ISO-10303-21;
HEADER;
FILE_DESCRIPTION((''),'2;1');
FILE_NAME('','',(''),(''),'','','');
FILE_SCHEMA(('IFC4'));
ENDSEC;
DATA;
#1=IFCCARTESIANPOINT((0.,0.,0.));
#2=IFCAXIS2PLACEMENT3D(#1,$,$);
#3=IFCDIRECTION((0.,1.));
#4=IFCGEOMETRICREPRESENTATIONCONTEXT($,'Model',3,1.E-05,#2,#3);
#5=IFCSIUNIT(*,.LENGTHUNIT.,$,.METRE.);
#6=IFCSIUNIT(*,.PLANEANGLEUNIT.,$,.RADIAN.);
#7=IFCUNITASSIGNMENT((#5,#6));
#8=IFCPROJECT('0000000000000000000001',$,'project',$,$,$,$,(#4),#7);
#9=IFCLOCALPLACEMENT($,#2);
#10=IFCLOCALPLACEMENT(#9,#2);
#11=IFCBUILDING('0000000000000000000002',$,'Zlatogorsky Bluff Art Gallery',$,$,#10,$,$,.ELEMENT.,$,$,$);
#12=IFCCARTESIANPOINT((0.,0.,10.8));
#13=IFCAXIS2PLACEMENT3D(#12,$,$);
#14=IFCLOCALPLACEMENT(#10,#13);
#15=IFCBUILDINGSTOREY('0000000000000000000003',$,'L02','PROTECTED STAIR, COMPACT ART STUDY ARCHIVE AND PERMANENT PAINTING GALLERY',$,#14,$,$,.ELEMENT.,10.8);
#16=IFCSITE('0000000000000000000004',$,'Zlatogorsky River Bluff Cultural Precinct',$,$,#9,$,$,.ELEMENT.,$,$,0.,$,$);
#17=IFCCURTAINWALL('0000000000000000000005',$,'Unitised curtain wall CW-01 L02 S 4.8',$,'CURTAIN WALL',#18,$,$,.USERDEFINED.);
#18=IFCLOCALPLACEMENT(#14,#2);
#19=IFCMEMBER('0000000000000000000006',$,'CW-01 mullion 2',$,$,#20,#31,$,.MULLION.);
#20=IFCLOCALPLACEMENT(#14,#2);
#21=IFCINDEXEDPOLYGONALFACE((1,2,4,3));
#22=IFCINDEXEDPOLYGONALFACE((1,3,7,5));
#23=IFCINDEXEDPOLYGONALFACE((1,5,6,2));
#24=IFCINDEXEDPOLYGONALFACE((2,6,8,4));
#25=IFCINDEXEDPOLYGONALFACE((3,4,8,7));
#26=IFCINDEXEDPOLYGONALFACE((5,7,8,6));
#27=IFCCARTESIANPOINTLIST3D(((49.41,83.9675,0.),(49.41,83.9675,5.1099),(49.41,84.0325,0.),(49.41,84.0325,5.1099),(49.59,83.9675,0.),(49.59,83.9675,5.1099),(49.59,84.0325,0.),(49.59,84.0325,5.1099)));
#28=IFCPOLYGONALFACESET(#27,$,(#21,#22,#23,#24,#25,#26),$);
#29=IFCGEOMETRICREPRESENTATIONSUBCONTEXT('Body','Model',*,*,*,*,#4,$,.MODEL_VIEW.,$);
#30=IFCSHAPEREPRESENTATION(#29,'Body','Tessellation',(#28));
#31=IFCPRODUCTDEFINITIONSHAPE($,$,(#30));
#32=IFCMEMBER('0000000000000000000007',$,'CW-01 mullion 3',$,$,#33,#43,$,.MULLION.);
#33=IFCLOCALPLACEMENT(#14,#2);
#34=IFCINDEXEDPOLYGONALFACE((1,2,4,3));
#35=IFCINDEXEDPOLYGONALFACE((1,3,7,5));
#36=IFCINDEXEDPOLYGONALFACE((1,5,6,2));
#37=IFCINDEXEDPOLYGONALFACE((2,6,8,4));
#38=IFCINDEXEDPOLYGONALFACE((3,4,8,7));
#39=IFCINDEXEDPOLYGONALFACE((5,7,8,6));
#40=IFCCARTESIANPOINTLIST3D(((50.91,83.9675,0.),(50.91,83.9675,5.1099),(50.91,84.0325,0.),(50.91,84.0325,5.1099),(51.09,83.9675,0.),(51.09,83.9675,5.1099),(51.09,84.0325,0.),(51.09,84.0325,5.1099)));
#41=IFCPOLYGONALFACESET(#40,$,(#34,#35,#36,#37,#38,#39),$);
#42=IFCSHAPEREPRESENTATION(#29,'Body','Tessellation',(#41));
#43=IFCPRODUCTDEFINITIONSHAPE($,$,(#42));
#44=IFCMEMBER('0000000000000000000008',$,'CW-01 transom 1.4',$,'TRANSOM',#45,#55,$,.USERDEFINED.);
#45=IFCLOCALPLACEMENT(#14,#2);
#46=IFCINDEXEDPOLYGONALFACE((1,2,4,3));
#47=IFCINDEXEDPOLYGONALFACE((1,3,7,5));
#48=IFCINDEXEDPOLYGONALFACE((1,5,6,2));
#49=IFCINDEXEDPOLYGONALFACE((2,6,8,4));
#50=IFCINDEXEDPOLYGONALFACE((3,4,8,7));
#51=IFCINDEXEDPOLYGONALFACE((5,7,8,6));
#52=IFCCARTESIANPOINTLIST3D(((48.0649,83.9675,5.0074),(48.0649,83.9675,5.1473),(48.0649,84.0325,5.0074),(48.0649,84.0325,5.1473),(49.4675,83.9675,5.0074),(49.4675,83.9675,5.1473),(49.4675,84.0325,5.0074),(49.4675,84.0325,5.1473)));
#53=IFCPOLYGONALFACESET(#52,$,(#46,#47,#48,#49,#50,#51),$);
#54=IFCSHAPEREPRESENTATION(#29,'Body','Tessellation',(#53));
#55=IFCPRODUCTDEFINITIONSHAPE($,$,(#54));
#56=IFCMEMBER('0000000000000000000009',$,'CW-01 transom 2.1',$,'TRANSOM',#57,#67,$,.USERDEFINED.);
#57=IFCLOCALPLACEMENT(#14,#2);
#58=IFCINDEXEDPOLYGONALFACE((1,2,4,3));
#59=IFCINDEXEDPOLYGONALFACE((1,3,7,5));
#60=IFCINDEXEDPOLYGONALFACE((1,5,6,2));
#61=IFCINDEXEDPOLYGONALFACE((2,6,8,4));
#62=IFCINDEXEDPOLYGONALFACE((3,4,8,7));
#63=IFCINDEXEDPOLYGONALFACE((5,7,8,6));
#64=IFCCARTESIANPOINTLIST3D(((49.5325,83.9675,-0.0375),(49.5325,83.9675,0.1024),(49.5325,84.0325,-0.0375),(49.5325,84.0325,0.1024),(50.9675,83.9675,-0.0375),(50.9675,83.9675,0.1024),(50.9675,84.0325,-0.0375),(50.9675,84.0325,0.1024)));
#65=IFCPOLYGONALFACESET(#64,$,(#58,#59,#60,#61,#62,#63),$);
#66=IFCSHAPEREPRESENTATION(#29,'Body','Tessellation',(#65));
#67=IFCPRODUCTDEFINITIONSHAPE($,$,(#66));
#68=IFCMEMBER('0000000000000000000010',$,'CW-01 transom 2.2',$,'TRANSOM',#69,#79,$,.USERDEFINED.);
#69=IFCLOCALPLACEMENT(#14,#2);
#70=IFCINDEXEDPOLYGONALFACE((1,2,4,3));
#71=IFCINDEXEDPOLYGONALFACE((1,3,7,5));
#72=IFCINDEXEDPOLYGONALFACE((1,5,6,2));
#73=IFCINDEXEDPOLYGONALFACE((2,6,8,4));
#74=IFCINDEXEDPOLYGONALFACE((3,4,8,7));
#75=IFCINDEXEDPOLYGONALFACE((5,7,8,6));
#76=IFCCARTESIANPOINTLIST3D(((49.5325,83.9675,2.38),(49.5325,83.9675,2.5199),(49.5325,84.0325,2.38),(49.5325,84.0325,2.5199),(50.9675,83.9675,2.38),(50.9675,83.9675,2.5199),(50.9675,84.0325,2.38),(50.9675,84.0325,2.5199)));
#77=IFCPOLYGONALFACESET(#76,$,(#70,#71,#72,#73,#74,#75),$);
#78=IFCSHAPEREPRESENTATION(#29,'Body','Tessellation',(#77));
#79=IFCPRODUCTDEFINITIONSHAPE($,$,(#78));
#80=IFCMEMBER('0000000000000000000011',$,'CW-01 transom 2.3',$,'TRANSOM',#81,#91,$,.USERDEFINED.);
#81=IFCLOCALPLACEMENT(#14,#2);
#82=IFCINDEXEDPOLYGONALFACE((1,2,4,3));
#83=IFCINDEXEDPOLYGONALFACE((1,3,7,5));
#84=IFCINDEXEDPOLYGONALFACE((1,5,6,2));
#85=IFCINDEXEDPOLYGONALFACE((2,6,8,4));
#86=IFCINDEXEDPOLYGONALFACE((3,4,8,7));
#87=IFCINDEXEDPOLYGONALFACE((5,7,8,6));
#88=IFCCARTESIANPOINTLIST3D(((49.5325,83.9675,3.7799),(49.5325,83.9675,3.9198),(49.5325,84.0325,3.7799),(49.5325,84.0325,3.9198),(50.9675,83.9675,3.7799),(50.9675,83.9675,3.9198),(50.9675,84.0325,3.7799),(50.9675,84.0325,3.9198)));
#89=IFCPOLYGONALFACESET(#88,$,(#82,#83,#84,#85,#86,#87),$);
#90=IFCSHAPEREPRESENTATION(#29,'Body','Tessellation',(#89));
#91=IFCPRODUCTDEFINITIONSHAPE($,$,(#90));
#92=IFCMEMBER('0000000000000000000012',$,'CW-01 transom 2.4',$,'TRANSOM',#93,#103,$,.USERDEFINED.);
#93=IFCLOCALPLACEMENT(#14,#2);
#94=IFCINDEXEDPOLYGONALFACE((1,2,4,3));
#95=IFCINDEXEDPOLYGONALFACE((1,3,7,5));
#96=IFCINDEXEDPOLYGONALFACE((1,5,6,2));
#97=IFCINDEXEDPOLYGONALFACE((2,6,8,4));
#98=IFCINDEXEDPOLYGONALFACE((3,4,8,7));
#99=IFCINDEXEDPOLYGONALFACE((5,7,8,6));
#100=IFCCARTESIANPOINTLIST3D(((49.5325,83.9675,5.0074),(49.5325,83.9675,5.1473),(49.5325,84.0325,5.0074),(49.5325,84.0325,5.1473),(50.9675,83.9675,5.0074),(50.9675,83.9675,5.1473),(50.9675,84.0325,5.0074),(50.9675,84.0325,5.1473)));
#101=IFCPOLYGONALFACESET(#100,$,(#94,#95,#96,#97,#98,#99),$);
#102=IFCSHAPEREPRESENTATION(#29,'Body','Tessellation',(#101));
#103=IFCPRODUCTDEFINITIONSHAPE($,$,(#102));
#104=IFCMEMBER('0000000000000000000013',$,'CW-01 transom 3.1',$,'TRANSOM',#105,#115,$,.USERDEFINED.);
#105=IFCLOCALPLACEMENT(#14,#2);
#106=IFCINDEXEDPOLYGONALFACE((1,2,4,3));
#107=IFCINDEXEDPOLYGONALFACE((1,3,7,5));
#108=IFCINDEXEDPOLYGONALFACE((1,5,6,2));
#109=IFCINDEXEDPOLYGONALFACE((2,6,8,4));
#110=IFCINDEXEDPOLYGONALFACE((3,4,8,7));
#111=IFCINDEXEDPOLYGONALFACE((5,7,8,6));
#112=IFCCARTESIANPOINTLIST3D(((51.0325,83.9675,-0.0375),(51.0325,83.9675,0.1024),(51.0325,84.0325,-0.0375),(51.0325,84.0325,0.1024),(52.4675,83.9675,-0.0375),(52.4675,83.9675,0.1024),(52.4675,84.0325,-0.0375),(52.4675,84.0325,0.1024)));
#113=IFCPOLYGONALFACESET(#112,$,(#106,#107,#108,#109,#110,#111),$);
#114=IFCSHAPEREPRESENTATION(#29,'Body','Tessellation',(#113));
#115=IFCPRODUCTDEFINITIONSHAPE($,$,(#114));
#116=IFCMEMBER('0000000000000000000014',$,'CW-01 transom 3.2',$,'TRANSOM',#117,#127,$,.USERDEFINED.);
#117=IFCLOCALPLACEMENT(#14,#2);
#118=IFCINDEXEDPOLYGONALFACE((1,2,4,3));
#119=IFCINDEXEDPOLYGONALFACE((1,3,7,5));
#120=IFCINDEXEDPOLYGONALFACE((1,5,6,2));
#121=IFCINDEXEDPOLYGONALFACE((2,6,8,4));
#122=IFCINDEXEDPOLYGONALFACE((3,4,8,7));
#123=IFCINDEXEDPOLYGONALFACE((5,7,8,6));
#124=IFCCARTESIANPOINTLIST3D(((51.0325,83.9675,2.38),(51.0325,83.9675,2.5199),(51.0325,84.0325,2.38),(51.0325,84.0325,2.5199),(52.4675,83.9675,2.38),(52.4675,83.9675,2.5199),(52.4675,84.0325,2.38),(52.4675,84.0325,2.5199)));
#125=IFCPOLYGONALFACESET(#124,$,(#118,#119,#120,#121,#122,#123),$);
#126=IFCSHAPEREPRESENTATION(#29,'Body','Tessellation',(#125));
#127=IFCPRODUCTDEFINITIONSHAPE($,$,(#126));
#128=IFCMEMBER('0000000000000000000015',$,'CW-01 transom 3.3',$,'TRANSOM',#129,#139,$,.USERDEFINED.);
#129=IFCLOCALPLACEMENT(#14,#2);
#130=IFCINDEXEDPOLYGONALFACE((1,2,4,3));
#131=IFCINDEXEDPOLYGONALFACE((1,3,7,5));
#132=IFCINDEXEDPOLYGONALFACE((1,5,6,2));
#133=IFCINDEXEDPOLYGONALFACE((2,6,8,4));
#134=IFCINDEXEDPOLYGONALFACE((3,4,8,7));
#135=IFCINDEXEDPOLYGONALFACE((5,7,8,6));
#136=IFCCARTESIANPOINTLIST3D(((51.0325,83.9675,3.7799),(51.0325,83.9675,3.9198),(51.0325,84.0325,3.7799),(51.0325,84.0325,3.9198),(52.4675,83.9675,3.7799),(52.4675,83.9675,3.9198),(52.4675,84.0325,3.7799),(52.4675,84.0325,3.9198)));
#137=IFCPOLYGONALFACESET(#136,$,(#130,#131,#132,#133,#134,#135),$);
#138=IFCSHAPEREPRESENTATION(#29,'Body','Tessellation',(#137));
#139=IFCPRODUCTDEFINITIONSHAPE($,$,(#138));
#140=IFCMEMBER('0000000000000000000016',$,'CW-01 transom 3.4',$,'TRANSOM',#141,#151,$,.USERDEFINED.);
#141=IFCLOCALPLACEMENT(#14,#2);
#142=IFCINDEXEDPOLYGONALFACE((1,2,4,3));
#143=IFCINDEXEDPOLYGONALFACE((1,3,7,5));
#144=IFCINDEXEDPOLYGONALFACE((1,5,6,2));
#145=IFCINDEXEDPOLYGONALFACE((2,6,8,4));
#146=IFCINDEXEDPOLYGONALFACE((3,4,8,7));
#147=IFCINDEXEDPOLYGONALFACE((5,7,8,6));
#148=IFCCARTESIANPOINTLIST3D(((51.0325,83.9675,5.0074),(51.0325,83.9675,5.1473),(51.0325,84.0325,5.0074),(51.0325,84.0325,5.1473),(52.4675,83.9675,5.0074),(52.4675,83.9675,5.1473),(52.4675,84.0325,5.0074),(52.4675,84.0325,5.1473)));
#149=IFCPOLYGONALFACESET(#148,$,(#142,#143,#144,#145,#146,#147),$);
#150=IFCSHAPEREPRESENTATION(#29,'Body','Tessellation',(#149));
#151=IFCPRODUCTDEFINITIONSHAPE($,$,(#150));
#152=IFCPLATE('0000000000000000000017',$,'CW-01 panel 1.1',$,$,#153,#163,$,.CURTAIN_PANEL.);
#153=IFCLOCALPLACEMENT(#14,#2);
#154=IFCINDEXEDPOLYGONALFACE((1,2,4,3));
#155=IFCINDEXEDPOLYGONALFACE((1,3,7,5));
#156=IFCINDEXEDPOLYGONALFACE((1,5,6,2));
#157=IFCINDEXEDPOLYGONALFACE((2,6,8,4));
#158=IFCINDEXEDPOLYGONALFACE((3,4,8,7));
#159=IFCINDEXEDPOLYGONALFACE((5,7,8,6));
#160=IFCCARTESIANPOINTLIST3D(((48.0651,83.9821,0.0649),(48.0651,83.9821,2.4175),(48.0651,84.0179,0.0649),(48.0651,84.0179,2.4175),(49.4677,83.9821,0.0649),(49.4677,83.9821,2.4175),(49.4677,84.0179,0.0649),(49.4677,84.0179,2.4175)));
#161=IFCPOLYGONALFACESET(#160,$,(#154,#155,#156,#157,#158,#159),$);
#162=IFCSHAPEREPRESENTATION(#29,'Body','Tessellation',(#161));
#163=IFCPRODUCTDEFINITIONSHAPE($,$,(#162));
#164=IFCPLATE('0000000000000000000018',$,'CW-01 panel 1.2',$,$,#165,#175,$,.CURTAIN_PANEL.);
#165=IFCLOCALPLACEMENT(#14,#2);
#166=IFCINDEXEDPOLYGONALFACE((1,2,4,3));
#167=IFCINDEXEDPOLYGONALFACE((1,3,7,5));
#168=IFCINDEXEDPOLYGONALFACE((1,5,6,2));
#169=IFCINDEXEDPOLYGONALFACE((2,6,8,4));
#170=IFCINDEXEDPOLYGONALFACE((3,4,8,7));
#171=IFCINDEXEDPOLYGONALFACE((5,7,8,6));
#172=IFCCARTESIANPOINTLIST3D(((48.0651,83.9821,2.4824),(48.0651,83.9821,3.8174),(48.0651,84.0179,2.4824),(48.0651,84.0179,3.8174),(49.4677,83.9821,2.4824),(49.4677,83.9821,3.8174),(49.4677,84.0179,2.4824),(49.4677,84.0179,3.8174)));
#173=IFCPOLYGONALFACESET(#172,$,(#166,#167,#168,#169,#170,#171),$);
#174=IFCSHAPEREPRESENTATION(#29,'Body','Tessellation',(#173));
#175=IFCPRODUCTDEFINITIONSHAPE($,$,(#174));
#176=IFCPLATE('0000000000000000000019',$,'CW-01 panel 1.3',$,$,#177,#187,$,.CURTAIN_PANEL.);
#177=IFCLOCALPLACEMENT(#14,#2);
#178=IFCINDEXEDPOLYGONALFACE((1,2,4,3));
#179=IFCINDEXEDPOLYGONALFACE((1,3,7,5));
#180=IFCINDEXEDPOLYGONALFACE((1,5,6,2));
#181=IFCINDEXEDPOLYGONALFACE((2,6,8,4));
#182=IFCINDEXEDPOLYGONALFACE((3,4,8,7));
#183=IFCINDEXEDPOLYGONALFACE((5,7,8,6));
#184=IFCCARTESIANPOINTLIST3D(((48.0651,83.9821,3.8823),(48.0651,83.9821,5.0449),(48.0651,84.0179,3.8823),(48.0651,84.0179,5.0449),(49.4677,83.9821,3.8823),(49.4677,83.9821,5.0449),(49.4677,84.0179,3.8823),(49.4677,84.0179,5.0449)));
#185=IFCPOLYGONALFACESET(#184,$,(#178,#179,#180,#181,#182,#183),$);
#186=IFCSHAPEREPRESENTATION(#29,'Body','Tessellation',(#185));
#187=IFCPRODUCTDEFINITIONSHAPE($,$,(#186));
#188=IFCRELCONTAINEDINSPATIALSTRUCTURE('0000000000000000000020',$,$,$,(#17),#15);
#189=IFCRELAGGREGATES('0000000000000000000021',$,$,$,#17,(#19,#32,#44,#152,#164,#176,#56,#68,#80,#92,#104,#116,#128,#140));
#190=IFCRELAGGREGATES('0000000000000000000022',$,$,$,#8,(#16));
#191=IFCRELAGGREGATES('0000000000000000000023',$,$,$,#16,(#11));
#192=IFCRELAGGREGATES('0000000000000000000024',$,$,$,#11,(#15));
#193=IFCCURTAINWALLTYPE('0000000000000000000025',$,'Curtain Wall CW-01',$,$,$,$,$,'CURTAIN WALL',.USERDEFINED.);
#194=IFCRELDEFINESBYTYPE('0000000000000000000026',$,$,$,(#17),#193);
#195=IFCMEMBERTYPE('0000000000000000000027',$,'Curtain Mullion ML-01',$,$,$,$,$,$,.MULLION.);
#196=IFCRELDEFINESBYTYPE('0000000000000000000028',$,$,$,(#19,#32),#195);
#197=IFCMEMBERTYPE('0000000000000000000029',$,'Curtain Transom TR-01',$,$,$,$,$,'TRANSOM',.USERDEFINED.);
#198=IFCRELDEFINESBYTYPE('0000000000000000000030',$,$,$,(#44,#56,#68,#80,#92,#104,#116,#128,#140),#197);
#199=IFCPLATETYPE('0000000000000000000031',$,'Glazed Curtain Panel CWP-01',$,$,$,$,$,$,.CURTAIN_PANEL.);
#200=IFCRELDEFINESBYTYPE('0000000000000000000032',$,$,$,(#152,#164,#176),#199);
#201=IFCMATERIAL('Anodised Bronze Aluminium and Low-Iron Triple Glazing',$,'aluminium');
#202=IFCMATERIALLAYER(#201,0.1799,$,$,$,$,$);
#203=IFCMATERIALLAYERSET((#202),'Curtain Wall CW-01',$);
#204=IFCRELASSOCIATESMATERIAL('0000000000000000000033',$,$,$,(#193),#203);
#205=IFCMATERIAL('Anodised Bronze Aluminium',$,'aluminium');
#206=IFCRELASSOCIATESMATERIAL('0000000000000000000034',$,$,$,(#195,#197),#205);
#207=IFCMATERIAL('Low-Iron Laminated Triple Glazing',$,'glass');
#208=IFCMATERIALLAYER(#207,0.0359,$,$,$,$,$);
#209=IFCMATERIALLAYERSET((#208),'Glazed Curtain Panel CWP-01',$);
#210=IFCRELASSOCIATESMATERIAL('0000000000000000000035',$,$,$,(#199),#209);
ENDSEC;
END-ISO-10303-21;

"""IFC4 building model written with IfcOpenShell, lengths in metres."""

from ifc_helpers import new_model, si_unit, direction, frame, origin, origin_2d, place, context, subcontext, project, spatial, rectangle, extrude, material, layer, layer_set, material_profile, profile_set, type_object, element, aggregate, save


model = new_model("IFC4")

# Units and contexts
model_context = context("Model", 3, precision=1e-05, world=origin(), true_north=direction((0.0, 1.0)))
body_context = subcontext(model_context, "Body", "Model", "MODEL_VIEW")
ifc_project = project(units=[si_unit("LENGTHUNIT", "METRE"), si_unit("PLANEANGLEUNIT", "RADIAN")], contexts=[model_context])

# Site, building, storey
site_placement = place(None, origin())
site = spatial("IfcSite", under=ifc_project, at=site_placement, Name="Zlatogorsky River Bluff Cultural Precinct", CompositionType="ELEMENT", RefElevation=0.0)
building_placement = place(site_placement, origin())
building = spatial("IfcBuilding", under=site, at=building_placement, Name="Zlatogorsky Bluff Art Gallery", CompositionType="ELEMENT")
storey_placement = place(building_placement, frame((0.0, 0.0, 10.8)))
storey = spatial("IfcBuildingStorey", under=building, at=storey_placement, Name="L02", Description="PROTECTED STAIR, COMPACT ART STUDY ARCHIVE AND PERMANENT PAINTING GALLERY", CompositionType="ELEMENT", Elevation=10.8)

# Curtain wall, members, plates
ifc_material_1 = material(Name="Anodised Bronze Aluminium and Low-Iron Triple Glazing", Category="aluminium")
ifc_layer_1 = layer(ifc_material_1, 0.1799)
ifc_layer_set_1 = layer_set([ifc_layer_1], Name="Curtain Wall CW-01")
curtain_wall_type = type_object("IfcCurtainWallType", Name="Curtain Wall CW-01", ElementType="CURTAIN WALL", PredefinedType="USERDEFINED", material=ifc_layer_set_1)
curtain_wall_placement = place(storey_placement, origin())
curtain_wall = element("IfcCurtainWall", 1, at=curtain_wall_placement, inside=storey, type_object=curtain_wall_type, Name="Unitised curtain wall CW-01 L02 S 4.8", ObjectType="CURTAIN WALL", PredefinedType="USERDEFINED")
ifc_material_2 = material(Name="Anodised Bronze Aluminium", Category="aluminium")
ifc_material_profile_1 = material_profile(ifc_material_2, rectangle(XDim=0.0649, YDim=0.1799, at=origin_2d()), Name="ALU MULLION 65x180")
ifc_profile_set_1 = profile_set([ifc_material_profile_1], Name="Anodised Bronze Aluminium")
member_type_1 = type_object("IfcMemberType", Name="Curtain Mullion ML-01", PredefinedType="MULLION", material=ifc_profile_set_1)
member_1_placement = place(storey_placement, frame((49.5, 84.0, 0.0), z_axis=(0.0, 0.0, 1.0), x_axis=(0.0, 1.0, 0.0)))
member_1 = element("IfcMember", 2, at=member_1_placement, type_object=member_type_1, Name="CW-01 mullion 2", PredefinedType="MULLION", context=body_context, shape_type="SweptSolid", body=[
    extrude(rectangle(XDim=0.0649, YDim=0.1799, at=origin_2d()), origin(), (0.0, 0.0, 1.0), 5.1099),
])
member_2_placement = place(storey_placement, frame((51.0, 84.0, 0.0), z_axis=(0.0, 0.0, 1.0), x_axis=(0.0, 1.0, 0.0)))
member_2 = element("IfcMember", 3, at=member_2_placement, type_object=member_type_1, Name="CW-01 mullion 3", PredefinedType="MULLION", context=body_context, shape_type="SweptSolid", body=[
    extrude(rectangle(XDim=0.0649, YDim=0.1799, at=origin_2d()), origin(), (0.0, 0.0, 1.0), 5.1099),
])
ifc_material_profile_2 = material_profile(ifc_material_2, rectangle(XDim=0.0649, YDim=0.1399, at=origin_2d()), Name="ALU TRANSOM 65x140")
ifc_profile_set_2 = profile_set([ifc_material_profile_2], Name="Anodised Bronze Aluminium")
member_type_2 = type_object("IfcMemberType", Name="Curtain Transom TR-01", ElementType="TRANSOM", PredefinedType="USERDEFINED", material=ifc_profile_set_2)
member_3_placement = place(storey_placement, frame((48.0649, 84.0, 5.0774), z_axis=(1.0, 0.0, 0.0), x_axis=(0.0, 1.0, 0.0)))
member_3 = element("IfcMember", 4, at=member_3_placement, type_object=member_type_2, Name="CW-01 transom 1.4", ObjectType="TRANSOM", PredefinedType="USERDEFINED", context=body_context, shape_type="SweptSolid", body=[
    extrude(rectangle(XDim=0.0649, YDim=0.1399, at=origin_2d()), origin(), (0.0, 0.0, 1.0), 1.4026),
])
member_4_placement = place(storey_placement, frame((49.5325, 84.0, 0.0325), z_axis=(1.0, 0.0, 0.0), x_axis=(0.0, 1.0, 0.0)))
member_4 = element("IfcMember", 5, at=member_4_placement, type_object=member_type_2, Name="CW-01 transom 2.1", ObjectType="TRANSOM", PredefinedType="USERDEFINED", context=body_context, shape_type="SweptSolid", body=[
    extrude(rectangle(XDim=0.0649, YDim=0.1399, at=origin_2d()), origin(), (0.0, 0.0, 1.0), 1.4351),
])
member_5_placement = place(storey_placement, frame((49.5325, 84.0, 2.45), z_axis=(1.0, 0.0, 0.0), x_axis=(0.0, 1.0, 0.0)))
member_5 = element("IfcMember", 6, at=member_5_placement, type_object=member_type_2, Name="CW-01 transom 2.2", ObjectType="TRANSOM", PredefinedType="USERDEFINED", context=body_context, shape_type="SweptSolid", body=[
    extrude(rectangle(XDim=0.0649, YDim=0.1399, at=origin_2d()), origin(), (0.0, 0.0, 1.0), 1.4351),
])
member_6_placement = place(storey_placement, frame((49.5325, 84.0, 3.8499), z_axis=(1.0, 0.0, 0.0), x_axis=(0.0, 1.0, 0.0)))
member_6 = element("IfcMember", 7, at=member_6_placement, type_object=member_type_2, Name="CW-01 transom 2.3", ObjectType="TRANSOM", PredefinedType="USERDEFINED", context=body_context, shape_type="SweptSolid", body=[
    extrude(rectangle(XDim=0.0649, YDim=0.1399, at=origin_2d()), origin(), (0.0, 0.0, 1.0), 1.4351),
])
member_7_placement = place(storey_placement, frame((49.5325, 84.0, 5.0774), z_axis=(1.0, 0.0, 0.0), x_axis=(0.0, 1.0, 0.0)))
member_7 = element("IfcMember", 8, at=member_7_placement, type_object=member_type_2, Name="CW-01 transom 2.4", ObjectType="TRANSOM", PredefinedType="USERDEFINED", context=body_context, shape_type="SweptSolid", body=[
    extrude(rectangle(XDim=0.0649, YDim=0.1399, at=origin_2d()), origin(), (0.0, 0.0, 1.0), 1.4351),
])
member_8_placement = place(storey_placement, frame((51.0325, 84.0, 0.0325), z_axis=(1.0, 0.0, 0.0), x_axis=(0.0, 1.0, 0.0)))
member_8 = element("IfcMember", 9, at=member_8_placement, type_object=member_type_2, Name="CW-01 transom 3.1", ObjectType="TRANSOM", PredefinedType="USERDEFINED", context=body_context, shape_type="SweptSolid", body=[
    extrude(rectangle(XDim=0.0649, YDim=0.1399, at=origin_2d()), origin(), (0.0, 0.0, 1.0), 1.4351),
])
member_9_placement = place(storey_placement, frame((51.0325, 84.0, 2.45), z_axis=(1.0, 0.0, 0.0), x_axis=(0.0, 1.0, 0.0)))
member_9 = element("IfcMember", 10, at=member_9_placement, type_object=member_type_2, Name="CW-01 transom 3.2", ObjectType="TRANSOM", PredefinedType="USERDEFINED", context=body_context, shape_type="SweptSolid", body=[
    extrude(rectangle(XDim=0.0649, YDim=0.1399, at=origin_2d()), origin(), (0.0, 0.0, 1.0), 1.4351),
])
member_10_placement = place(storey_placement, frame((51.0325, 84.0, 3.8499), z_axis=(1.0, 0.0, 0.0), x_axis=(0.0, 1.0, 0.0)))
member_10 = element("IfcMember", 11, at=member_10_placement, type_object=member_type_2, Name="CW-01 transom 3.3", ObjectType="TRANSOM", PredefinedType="USERDEFINED", context=body_context, shape_type="SweptSolid", body=[
    extrude(rectangle(XDim=0.0649, YDim=0.1399, at=origin_2d()), origin(), (0.0, 0.0, 1.0), 1.4351),
])
member_11_placement = place(storey_placement, frame((51.0325, 84.0, 5.0774), z_axis=(1.0, 0.0, 0.0), x_axis=(0.0, 1.0, 0.0)))
member_11 = element("IfcMember", 12, at=member_11_placement, type_object=member_type_2, Name="CW-01 transom 3.4", ObjectType="TRANSOM", PredefinedType="USERDEFINED", context=body_context, shape_type="SweptSolid", body=[
    extrude(rectangle(XDim=0.0649, YDim=0.1399, at=origin_2d()), origin(), (0.0, 0.0, 1.0), 1.4351),
])
ifc_material_3 = material(Name="Low-Iron Laminated Triple Glazing", Category="glass")
ifc_layer_2 = layer(ifc_material_3, 0.0359)
ifc_layer_set_2 = layer_set([ifc_layer_2], Name="Glazed Curtain Panel CWP-01")
plate_type = type_object("IfcPlateType", Name="Glazed Curtain Panel CWP-01", PredefinedType="CURTAIN_PANEL", material=ifc_layer_set_2)
plate_1_placement = place(storey_placement, frame((48.7664, 84.0, 0.0649), z_axis=(0.0, 0.0, 1.0), x_axis=(1.0, 0.0, 0.0)))
plate_1 = element("IfcPlate", 13, at=plate_1_placement, type_object=plate_type, Name="CW-01 panel 1.1", PredefinedType="CURTAIN_PANEL", context=body_context, shape_type="SweptSolid", body=[
    extrude(rectangle(XDim=1.4026, YDim=0.0359, at=origin_2d()), origin(), (0.0, 0.0, 1.0), 2.3525),
])
plate_2_placement = place(storey_placement, frame((48.7664, 84.0, 2.4824), z_axis=(0.0, 0.0, 1.0), x_axis=(1.0, 0.0, 0.0)))
plate_2 = element("IfcPlate", 14, at=plate_2_placement, type_object=plate_type, Name="CW-01 panel 1.2", PredefinedType="CURTAIN_PANEL", context=body_context, shape_type="SweptSolid", body=[
    extrude(rectangle(XDim=1.4026, YDim=0.0359, at=origin_2d()), origin(), (0.0, 0.0, 1.0), 1.335),
])
plate_3_placement = place(storey_placement, frame((48.7664, 84.0, 3.8823), z_axis=(0.0, 0.0, 1.0), x_axis=(1.0, 0.0, 0.0)))
plate_3 = element("IfcPlate", 15, at=plate_3_placement, type_object=plate_type, Name="CW-01 panel 1.3", PredefinedType="CURTAIN_PANEL", context=body_context, shape_type="SweptSolid", body=[
    extrude(rectangle(XDim=1.4026, YDim=0.0359, at=origin_2d()), origin(), (0.0, 0.0, 1.0), 1.1626),
])
aggregate(curtain_wall, [member_1, member_2, member_3, plate_1, plate_2, plate_3, member_4, member_5, member_6, member_7, member_8, member_9, member_10, member_11])

save(model, "model.ifc")
